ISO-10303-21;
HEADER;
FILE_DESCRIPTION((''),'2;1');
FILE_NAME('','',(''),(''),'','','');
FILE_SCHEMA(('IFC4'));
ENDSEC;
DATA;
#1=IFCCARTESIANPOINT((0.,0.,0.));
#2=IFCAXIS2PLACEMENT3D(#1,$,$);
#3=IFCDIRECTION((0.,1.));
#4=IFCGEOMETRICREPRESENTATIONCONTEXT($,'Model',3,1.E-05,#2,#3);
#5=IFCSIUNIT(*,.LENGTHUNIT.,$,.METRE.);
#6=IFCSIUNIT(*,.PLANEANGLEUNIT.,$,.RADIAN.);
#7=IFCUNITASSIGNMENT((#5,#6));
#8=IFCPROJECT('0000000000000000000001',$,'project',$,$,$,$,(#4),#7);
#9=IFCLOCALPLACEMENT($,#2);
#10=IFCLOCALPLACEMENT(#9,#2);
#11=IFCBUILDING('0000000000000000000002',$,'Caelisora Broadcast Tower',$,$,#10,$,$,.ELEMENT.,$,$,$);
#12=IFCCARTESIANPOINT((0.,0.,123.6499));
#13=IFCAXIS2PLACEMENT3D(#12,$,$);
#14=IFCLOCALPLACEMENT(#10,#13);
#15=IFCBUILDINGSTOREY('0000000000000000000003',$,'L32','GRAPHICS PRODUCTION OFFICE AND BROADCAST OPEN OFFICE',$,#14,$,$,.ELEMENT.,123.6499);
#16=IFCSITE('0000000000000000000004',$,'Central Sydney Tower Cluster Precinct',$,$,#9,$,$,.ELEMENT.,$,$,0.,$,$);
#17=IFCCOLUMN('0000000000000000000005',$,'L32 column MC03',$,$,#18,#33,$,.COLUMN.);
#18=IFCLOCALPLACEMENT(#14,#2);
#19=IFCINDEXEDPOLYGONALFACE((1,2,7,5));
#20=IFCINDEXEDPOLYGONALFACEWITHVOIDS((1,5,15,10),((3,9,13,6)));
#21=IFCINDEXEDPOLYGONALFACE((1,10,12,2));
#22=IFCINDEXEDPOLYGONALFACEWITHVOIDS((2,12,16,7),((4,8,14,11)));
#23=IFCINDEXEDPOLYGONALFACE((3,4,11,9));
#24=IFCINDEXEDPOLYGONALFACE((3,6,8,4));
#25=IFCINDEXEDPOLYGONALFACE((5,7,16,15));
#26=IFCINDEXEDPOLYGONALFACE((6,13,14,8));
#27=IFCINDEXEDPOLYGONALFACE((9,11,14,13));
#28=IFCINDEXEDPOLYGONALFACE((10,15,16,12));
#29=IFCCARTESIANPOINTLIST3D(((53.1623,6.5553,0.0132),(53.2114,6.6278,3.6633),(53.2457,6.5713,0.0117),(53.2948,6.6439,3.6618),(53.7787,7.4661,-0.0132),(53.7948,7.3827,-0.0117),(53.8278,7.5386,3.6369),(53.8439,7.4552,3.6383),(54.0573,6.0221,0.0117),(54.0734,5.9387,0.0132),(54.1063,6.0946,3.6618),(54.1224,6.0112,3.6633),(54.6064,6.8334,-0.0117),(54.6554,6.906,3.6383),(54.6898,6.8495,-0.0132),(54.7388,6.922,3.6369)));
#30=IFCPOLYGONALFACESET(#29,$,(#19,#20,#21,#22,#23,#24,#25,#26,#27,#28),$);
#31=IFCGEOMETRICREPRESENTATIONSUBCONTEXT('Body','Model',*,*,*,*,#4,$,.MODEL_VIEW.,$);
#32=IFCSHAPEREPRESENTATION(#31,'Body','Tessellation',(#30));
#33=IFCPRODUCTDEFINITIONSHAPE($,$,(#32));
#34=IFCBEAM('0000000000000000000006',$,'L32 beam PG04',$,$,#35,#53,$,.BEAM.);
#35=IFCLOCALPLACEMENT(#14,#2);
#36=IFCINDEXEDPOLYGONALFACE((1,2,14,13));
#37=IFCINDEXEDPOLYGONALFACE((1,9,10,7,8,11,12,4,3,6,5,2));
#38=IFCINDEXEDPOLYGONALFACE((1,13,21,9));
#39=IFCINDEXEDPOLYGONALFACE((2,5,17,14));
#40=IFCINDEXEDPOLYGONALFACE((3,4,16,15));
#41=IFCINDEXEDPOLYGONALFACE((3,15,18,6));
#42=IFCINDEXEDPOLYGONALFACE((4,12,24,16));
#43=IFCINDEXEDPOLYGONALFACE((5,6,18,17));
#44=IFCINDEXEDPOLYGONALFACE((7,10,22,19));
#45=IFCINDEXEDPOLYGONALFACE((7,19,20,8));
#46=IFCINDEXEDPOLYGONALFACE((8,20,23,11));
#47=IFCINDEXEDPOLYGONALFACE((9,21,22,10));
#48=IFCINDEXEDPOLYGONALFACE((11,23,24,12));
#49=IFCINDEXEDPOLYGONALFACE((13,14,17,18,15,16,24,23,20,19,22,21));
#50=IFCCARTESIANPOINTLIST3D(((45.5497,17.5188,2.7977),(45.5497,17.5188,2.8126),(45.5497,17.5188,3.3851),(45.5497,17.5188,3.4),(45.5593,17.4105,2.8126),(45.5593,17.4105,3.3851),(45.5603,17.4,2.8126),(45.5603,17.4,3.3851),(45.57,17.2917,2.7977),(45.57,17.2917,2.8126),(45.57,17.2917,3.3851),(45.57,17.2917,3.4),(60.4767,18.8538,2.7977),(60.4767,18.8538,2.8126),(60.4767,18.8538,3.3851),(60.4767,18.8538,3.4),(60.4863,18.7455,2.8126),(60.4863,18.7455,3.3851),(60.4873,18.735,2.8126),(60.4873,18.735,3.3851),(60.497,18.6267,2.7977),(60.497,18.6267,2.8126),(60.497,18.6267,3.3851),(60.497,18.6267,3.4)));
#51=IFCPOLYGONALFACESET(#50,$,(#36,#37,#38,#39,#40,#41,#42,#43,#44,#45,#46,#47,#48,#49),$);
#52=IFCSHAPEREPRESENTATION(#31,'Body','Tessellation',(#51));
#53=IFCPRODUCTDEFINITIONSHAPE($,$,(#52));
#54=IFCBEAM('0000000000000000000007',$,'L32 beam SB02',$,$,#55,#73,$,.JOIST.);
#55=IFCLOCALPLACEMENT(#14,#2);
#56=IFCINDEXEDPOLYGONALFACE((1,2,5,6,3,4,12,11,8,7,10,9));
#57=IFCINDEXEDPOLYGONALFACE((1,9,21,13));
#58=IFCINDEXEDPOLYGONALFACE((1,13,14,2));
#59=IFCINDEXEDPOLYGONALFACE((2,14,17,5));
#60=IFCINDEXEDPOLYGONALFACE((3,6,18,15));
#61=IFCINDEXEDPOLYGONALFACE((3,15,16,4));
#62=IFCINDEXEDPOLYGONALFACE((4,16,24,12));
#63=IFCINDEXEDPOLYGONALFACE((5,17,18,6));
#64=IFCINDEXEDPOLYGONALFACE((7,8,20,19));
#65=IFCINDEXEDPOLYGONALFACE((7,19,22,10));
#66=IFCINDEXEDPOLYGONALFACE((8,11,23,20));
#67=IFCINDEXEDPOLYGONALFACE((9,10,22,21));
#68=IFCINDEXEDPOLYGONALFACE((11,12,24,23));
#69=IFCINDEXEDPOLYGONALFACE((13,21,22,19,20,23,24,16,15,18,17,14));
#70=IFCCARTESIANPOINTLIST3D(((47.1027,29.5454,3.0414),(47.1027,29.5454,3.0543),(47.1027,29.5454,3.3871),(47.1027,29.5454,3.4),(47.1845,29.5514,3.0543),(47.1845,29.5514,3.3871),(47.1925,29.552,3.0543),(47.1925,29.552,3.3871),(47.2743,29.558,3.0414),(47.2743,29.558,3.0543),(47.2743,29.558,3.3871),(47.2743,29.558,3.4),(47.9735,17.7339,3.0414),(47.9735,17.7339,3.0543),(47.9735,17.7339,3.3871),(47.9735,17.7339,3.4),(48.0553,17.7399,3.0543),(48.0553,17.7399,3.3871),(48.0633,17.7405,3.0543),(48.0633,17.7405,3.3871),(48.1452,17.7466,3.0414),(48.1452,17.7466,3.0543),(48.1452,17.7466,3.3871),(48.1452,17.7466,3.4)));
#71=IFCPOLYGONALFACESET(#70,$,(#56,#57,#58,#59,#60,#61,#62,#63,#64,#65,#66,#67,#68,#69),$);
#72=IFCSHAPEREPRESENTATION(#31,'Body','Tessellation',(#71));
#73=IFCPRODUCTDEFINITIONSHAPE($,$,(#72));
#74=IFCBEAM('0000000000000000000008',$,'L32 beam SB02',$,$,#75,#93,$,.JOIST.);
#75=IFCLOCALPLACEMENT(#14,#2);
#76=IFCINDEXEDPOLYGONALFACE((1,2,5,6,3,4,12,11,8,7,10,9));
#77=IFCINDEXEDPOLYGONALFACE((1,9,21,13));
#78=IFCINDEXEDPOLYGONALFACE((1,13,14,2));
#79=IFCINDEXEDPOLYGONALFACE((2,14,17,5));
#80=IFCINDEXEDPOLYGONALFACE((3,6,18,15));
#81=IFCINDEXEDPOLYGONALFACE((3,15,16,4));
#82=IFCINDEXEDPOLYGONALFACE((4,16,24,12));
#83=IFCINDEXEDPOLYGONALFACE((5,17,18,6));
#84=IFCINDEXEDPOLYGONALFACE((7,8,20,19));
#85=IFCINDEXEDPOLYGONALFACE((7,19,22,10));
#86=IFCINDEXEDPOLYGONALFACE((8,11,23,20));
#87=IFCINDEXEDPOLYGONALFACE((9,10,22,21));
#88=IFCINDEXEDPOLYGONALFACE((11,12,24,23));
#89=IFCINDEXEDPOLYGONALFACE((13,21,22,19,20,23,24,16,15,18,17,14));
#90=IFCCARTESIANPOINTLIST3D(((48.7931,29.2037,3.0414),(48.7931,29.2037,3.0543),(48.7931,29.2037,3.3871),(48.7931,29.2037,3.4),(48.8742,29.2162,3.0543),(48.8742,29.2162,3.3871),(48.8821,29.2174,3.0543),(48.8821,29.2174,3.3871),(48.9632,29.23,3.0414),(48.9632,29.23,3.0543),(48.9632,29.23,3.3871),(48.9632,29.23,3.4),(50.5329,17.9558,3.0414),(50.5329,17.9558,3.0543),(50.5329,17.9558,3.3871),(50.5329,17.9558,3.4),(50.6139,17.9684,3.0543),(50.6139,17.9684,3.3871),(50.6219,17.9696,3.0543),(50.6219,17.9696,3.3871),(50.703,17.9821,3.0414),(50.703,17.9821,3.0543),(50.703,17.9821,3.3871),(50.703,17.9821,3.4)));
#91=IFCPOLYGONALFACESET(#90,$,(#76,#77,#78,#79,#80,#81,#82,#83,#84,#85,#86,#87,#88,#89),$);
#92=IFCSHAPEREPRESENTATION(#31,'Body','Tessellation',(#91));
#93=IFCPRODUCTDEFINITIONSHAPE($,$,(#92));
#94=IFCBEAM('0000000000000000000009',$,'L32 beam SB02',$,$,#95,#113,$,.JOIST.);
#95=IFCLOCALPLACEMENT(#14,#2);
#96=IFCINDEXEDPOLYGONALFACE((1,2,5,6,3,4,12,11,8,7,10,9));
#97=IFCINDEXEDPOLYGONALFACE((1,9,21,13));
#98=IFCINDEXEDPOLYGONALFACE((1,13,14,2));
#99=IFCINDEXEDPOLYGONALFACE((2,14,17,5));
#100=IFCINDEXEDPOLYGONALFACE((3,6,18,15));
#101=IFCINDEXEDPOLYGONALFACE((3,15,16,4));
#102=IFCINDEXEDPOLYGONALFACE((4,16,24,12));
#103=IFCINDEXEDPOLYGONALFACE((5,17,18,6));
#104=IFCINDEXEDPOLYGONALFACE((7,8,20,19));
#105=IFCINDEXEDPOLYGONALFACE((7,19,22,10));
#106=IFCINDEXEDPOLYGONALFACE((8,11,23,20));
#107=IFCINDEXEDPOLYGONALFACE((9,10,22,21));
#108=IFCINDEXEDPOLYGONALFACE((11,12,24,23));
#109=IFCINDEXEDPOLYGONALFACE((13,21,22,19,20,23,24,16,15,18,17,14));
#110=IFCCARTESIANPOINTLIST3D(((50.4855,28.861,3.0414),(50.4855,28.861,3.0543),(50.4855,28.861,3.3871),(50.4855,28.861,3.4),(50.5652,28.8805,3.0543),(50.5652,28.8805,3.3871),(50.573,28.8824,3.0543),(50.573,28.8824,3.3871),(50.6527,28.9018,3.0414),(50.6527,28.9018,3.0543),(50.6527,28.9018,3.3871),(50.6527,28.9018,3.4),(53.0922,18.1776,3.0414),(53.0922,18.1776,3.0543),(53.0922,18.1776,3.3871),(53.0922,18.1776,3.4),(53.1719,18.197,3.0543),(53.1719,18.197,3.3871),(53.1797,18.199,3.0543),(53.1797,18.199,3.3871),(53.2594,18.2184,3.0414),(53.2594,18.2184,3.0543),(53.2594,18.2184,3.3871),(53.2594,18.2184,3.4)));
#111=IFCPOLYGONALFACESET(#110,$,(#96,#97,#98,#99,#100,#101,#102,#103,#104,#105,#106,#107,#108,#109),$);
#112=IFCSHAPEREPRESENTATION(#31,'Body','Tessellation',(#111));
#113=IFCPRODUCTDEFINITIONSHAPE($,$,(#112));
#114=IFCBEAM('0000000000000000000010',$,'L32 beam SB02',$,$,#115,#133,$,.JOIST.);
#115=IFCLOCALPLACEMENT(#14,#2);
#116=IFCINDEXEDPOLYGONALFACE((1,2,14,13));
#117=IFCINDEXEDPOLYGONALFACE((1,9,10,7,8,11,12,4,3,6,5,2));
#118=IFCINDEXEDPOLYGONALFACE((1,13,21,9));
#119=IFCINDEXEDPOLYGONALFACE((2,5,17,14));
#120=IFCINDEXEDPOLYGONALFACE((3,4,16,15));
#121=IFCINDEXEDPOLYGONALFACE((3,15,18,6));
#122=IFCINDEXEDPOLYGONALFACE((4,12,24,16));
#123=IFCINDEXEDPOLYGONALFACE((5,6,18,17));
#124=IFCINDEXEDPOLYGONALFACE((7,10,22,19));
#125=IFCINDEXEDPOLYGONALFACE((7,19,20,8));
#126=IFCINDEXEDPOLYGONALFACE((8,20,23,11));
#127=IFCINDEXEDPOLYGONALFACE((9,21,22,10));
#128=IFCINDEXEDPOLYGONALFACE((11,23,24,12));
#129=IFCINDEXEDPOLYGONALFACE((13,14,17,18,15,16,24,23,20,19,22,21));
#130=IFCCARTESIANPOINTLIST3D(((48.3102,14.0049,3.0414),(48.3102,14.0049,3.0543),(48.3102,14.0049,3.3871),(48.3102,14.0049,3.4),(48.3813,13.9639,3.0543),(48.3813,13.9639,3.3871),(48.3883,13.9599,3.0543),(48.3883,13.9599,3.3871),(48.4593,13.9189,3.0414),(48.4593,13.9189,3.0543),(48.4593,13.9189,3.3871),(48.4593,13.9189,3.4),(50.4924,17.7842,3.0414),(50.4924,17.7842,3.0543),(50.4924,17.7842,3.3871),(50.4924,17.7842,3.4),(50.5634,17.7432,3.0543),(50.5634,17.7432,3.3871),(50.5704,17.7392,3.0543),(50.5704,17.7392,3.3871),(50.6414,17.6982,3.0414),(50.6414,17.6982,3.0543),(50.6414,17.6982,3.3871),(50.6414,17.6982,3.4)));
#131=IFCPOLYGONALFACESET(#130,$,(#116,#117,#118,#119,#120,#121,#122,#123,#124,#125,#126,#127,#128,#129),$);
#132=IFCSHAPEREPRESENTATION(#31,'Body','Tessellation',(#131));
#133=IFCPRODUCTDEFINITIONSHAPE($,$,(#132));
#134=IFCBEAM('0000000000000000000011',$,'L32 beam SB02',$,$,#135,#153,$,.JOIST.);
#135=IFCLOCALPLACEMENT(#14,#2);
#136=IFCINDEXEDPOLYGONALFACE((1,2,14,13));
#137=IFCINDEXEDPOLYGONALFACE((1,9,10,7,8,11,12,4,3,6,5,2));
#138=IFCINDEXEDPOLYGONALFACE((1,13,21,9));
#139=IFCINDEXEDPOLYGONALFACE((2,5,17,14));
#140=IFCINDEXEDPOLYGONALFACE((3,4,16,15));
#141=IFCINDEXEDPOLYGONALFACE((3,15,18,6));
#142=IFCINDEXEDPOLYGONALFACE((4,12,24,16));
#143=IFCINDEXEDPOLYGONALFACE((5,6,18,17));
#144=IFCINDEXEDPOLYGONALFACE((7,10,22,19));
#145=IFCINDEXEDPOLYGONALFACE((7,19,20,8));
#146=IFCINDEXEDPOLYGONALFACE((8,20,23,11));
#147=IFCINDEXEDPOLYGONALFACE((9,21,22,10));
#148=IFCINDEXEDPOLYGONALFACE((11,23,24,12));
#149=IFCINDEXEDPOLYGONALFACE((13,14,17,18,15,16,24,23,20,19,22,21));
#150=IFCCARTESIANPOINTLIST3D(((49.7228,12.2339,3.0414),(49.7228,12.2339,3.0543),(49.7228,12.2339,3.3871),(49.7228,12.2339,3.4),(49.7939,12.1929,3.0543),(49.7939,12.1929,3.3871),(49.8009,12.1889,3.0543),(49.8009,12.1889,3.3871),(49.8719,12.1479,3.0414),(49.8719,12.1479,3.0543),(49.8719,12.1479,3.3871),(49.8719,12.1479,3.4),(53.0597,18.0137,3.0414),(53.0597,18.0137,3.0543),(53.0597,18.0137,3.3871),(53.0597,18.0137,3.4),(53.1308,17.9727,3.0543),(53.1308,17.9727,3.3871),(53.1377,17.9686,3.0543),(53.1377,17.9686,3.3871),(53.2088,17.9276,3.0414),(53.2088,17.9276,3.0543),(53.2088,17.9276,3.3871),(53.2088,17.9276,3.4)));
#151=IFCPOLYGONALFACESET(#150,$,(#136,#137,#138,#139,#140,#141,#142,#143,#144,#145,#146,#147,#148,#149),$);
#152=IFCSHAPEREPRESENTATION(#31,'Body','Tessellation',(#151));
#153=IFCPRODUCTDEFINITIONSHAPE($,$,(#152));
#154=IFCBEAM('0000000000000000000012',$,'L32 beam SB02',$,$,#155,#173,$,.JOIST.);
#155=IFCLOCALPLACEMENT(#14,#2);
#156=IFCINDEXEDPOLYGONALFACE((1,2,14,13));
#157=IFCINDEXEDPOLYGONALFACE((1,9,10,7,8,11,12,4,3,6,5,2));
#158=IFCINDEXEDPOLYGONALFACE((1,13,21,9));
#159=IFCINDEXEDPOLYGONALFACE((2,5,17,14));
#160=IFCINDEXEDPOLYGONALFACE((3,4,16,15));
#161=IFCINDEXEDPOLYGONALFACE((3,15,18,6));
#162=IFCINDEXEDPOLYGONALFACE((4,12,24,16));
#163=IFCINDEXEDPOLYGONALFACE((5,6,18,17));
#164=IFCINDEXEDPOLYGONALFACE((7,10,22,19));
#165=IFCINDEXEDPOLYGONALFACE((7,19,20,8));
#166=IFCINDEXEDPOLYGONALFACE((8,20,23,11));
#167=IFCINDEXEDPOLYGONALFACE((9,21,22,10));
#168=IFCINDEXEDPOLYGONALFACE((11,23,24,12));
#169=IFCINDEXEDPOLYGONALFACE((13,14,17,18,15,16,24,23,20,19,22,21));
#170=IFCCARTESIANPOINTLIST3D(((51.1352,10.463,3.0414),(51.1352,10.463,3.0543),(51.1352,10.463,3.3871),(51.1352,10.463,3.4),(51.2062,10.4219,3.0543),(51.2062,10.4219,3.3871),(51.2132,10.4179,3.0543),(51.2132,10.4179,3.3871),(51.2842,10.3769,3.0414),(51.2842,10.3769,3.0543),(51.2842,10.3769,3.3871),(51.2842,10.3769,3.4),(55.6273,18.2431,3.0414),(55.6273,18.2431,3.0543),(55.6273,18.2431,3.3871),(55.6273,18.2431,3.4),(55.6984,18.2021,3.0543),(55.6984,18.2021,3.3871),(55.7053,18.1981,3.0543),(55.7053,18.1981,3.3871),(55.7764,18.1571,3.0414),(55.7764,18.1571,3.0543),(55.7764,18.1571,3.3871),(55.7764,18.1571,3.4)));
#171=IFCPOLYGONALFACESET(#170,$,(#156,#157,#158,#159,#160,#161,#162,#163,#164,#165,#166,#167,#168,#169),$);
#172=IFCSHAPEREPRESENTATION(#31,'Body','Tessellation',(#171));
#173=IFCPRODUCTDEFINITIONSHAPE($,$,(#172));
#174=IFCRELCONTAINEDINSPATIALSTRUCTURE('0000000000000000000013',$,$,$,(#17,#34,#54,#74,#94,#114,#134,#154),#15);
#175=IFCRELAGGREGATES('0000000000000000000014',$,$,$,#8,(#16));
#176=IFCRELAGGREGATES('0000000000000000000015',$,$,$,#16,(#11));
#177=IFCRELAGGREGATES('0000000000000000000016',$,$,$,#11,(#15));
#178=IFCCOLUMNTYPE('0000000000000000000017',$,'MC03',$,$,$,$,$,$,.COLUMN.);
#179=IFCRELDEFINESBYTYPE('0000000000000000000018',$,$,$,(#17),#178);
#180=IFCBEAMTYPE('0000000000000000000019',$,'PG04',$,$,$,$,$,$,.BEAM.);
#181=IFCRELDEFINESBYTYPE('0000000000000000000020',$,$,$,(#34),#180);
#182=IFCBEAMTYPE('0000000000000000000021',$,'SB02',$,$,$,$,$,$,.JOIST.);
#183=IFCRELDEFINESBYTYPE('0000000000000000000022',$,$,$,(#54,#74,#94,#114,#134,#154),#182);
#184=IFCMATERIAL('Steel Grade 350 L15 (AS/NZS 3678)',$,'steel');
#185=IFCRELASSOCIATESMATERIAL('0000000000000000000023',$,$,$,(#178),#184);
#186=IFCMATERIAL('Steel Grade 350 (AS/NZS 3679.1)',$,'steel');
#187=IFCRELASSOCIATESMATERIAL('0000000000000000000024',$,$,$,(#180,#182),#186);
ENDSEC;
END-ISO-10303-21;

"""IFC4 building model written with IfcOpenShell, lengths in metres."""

from ifc_helpers import new_model, si_unit, direction, frame, origin, origin_2d, place, context, subcontext, project, spatial, hollow_rectangle, i_section, extrude, source, transform, mapped, material, material_profile, profile_set, type_object, type_shapes, element, save


model = new_model("IFC4")

# Units and contexts
model_context = context("Model", 3, precision=1e-05, world=origin(), true_north=direction((0.0, 1.0)))
body_context = subcontext(model_context, "Body", "Model", "MODEL_VIEW")
ifc_project = project(units=[si_unit("LENGTHUNIT", "METRE"), si_unit("PLANEANGLEUNIT", "RADIAN")], contexts=[model_context])

# Site, building, storey
site_placement = place(None, origin())
site = spatial("IfcSite", under=ifc_project, at=site_placement, Name="Central Sydney Tower Cluster Precinct", CompositionType="ELEMENT", RefElevation=0.0)
building_placement = place(site_placement, origin())
building = spatial("IfcBuilding", under=site, at=building_placement, Name="Caelisora Broadcast Tower", CompositionType="ELEMENT")
storey_placement = place(building_placement, frame((0.0, 0.0, 123.6499)))
storey = spatial("IfcBuildingStorey", under=building, at=storey_placement, Name="L32", Description="GRAPHICS PRODUCTION OFFICE AND BROADCAST OPEN OFFICE", CompositionType="ELEMENT", Elevation=123.6499)

# Column
ifc_material_1 = material(Name="Steel Grade 350 L15 (AS/NZS 3678)", Category="steel")
ifc_material_profile_1 = material_profile(ifc_material_1, hollow_rectangle(XDim=1.1001, YDim=1.1001, WallThickness=0.0601, at=origin_2d()), Name="Steel Grade 350 L15 (AS/NZS 3678)")
ifc_profile_set_1 = profile_set([ifc_material_profile_1], Name="Steel Grade 350 L15 (AS/NZS 3678)")
column_type = type_object("IfcColumnType", Name="MC03", PredefinedType="COLUMN", material=ifc_profile_set_1)
shared_shape_1 = source(origin(), body_context, "Body", "SweptSolid", [
    extrude(hollow_rectangle(XDim=1.1001, YDim=1.1001, WallThickness=0.0601, at=origin_2d()), origin(), (0.0, 0.0, 1.0), 3.6511),
])
type_shapes(column_type, [shared_shape_1])
column_placement = place(storey_placement, frame((53.926, 6.7024, 0.0), z_axis=(0.01344, 0.019859, 0.999712), x_axis=(-0.828169, 0.560478, 0.0)))
element("IfcColumn", 1, at=column_placement, inside=storey, type_object=column_type, Name="L32 column MC03", PredefinedType="COLUMN", context=body_context, shape_type="MappedRepresentation", body=[
    mapped(shared_shape_1, transform((0.0, 0.0, 0.0), scale=1.0)),
])

# Beams
ifc_material_2 = material(Name="Steel Grade 350 (AS/NZS 3679.1)", Category="steel")
ifc_material_profile_2 = material_profile(ifc_material_2, i_section(OverallWidth=0.228, OverallDepth=0.6023, WebThickness=0.0105, FlangeThickness=0.0149, at=origin_2d()), Name="Steel Grade 350 (AS/NZS 3679.1)")
ifc_profile_set_2 = profile_set([ifc_material_profile_2], Name="Steel Grade 350 (AS/NZS 3679.1)")
beam_type_1 = type_object("IfcBeamType", Name="PG04", PredefinedType="BEAM", material=ifc_profile_set_2)
shared_shape_2 = source(origin(), body_context, "Body", "SweptSolid", [
    extrude(i_section(OverallWidth=0.228, OverallDepth=0.6023, WebThickness=0.0105, FlangeThickness=0.0149, at=origin_2d()), origin(), (0.0, 0.0, 1.0), 14.9866),
])
type_shapes(beam_type_1, [shared_shape_2])
beam_1_placement = place(storey_placement, frame((45.5598, 17.4053, 3.0989), z_axis=(0.996025, 0.089077, 0.0), x_axis=(-0.089077, 0.996025, 0.0)))
element("IfcBeam", 2, at=beam_1_placement, inside=storey, type_object=beam_type_1, Name="L32 beam PG04", PredefinedType="BEAM", context=body_context, shape_type="MappedRepresentation", body=[
    mapped(shared_shape_2, transform((0.0, 0.0, 0.0), scale=1.0)),
])
ifc_material_profile_3 = material_profile(ifc_material_2, i_section(OverallWidth=0.1721, OverallDepth=0.3586, WebThickness=0.0081, FlangeThickness=0.0129, at=origin_2d()), Name="Steel Grade 350 (AS/NZS 3679.1)")
ifc_profile_set_3 = profile_set([ifc_material_profile_3], Name="Steel Grade 350 (AS/NZS 3679.1)")
beam_type_2 = type_object("IfcBeamType", Name="SB02", PredefinedType="JOIST", material=ifc_profile_set_3)
shared_shape_3 = source(origin(), body_context, "Body", "SweptSolid", [
    extrude(i_section(OverallWidth=0.1721, OverallDepth=0.3586, WebThickness=0.0081, FlangeThickness=0.0129, at=origin_2d()), origin(), (0.0, 0.0, 1.0), 11.8435),
])
beam_2_placement = place(storey_placement, frame((48.0593, 17.7402, 3.2207), z_axis=(-0.073529, 0.997293, 0.0), x_axis=(-0.997293, -0.073529, 0.0)))
element("IfcBeam", 3, at=beam_2_placement, inside=storey, type_object=beam_type_2, Name="L32 beam SB02", PredefinedType="JOIST", context=body_context, shape_type="MappedRepresentation", body=[
    mapped(shared_shape_3, transform((0.0, 0.0, 0.0), scale=1.0)),
])
shared_shape_4 = source(origin(), body_context, "Body", "SweptSolid", [
    extrude(i_section(OverallWidth=0.1721, OverallDepth=0.3586, WebThickness=0.0081, FlangeThickness=0.0129, at=origin_2d()), origin(), (0.0, 0.0, 1.0), 11.3816),
])
beam_3_placement = place(storey_placement, frame((50.6179, 17.969, 3.2207), z_axis=(-0.152857, 0.988248, 0.0), x_axis=(-0.988248, -0.152857, 0.0)))
element("IfcBeam", 4, at=beam_3_placement, inside=storey, type_object=beam_type_2, Name="L32 beam SB02", PredefinedType="JOIST", context=body_context, shape_type="MappedRepresentation", body=[
    mapped(shared_shape_4, transform((0.0, 0.0, 0.0), scale=1.0)),
])
shared_shape_5 = source(origin(), body_context, "Body", "SweptSolid", [
    extrude(i_section(OverallWidth=0.1721, OverallDepth=0.3586, WebThickness=0.0081, FlangeThickness=0.0129, at=origin_2d()), origin(), (0.0, 0.0, 1.0), 10.9968),
])
beam_4_placement = place(storey_placement, frame((53.1758, 18.198, 3.2207), z_axis=(-0.237042, 0.9715, 0.0), x_axis=(-0.9715, -0.237042, 0.0)))
element("IfcBeam", 5, at=beam_4_placement, inside=storey, type_object=beam_type_2, Name="L32 beam SB02", PredefinedType="JOIST", context=body_context, shape_type="MappedRepresentation", body=[
    mapped(shared_shape_5, transform((0.0, 0.0, 0.0), scale=1.0)),
])
shared_shape_6 = source(origin(), body_context, "Body", "SweptSolid", [
    extrude(i_section(OverallWidth=0.1721, OverallDepth=0.3586, WebThickness=0.0081, FlangeThickness=0.0129, at=origin_2d()), origin(), (0.0, 0.0, 1.0), 4.364),
])
beam_5_placement = place(storey_placement, frame((48.3848, 13.9619, 3.2207), z_axis=(0.500026, 0.86601, 0.0), x_axis=(-0.86601, 0.500026, 0.0)))
element("IfcBeam", 6, at=beam_5_placement, inside=storey, type_object=beam_type_2, Name="L32 beam SB02", PredefinedType="JOIST", context=body_context, shape_type="MappedRepresentation", body=[
    mapped(shared_shape_6, transform((0.0, 0.0, 0.0), scale=1.0)),
])
shared_shape_7 = source(origin(), body_context, "Body", "SweptSolid", [
    extrude(i_section(OverallWidth=0.1721, OverallDepth=0.3586, WebThickness=0.0081, FlangeThickness=0.0129, at=origin_2d()), origin(), (0.0, 0.0, 1.0), 6.6738),
])
beam_6_placement = place(storey_placement, frame((49.7974, 12.1909, 3.2207), z_axis=(0.499995, 0.866028, 0.0), x_axis=(-0.866028, 0.499995, 0.0)))
element("IfcBeam", 7, at=beam_6_placement, inside=storey, type_object=beam_type_2, Name="L32 beam SB02", PredefinedType="JOIST", context=body_context, shape_type="MappedRepresentation", body=[
    mapped(shared_shape_7, transform((0.0, 0.0, 0.0), scale=1.0)),
])
shared_shape_8 = source(origin(), body_context, "Body", "SweptSolid", [
    extrude(i_section(OverallWidth=0.1721, OverallDepth=0.3586, WebThickness=0.0081, FlangeThickness=0.0129, at=origin_2d()), origin(), (0.0, 0.0, 1.0), 8.9839),
])
beam_7_placement = place(storey_placement, frame((51.2097, 10.4199, 3.2207), z_axis=(0.50002, 0.866014, 0.0), x_axis=(-0.866014, 0.50002, 0.0)))
element("IfcBeam", 8, at=beam_7_placement, inside=storey, type_object=beam_type_2, Name="L32 beam SB02", PredefinedType="JOIST", context=body_context, shape_type="MappedRepresentation", body=[
    mapped(shared_shape_8, transform((0.0, 0.0, 0.0), scale=1.0)),
])

save(model, "model.ifc")
